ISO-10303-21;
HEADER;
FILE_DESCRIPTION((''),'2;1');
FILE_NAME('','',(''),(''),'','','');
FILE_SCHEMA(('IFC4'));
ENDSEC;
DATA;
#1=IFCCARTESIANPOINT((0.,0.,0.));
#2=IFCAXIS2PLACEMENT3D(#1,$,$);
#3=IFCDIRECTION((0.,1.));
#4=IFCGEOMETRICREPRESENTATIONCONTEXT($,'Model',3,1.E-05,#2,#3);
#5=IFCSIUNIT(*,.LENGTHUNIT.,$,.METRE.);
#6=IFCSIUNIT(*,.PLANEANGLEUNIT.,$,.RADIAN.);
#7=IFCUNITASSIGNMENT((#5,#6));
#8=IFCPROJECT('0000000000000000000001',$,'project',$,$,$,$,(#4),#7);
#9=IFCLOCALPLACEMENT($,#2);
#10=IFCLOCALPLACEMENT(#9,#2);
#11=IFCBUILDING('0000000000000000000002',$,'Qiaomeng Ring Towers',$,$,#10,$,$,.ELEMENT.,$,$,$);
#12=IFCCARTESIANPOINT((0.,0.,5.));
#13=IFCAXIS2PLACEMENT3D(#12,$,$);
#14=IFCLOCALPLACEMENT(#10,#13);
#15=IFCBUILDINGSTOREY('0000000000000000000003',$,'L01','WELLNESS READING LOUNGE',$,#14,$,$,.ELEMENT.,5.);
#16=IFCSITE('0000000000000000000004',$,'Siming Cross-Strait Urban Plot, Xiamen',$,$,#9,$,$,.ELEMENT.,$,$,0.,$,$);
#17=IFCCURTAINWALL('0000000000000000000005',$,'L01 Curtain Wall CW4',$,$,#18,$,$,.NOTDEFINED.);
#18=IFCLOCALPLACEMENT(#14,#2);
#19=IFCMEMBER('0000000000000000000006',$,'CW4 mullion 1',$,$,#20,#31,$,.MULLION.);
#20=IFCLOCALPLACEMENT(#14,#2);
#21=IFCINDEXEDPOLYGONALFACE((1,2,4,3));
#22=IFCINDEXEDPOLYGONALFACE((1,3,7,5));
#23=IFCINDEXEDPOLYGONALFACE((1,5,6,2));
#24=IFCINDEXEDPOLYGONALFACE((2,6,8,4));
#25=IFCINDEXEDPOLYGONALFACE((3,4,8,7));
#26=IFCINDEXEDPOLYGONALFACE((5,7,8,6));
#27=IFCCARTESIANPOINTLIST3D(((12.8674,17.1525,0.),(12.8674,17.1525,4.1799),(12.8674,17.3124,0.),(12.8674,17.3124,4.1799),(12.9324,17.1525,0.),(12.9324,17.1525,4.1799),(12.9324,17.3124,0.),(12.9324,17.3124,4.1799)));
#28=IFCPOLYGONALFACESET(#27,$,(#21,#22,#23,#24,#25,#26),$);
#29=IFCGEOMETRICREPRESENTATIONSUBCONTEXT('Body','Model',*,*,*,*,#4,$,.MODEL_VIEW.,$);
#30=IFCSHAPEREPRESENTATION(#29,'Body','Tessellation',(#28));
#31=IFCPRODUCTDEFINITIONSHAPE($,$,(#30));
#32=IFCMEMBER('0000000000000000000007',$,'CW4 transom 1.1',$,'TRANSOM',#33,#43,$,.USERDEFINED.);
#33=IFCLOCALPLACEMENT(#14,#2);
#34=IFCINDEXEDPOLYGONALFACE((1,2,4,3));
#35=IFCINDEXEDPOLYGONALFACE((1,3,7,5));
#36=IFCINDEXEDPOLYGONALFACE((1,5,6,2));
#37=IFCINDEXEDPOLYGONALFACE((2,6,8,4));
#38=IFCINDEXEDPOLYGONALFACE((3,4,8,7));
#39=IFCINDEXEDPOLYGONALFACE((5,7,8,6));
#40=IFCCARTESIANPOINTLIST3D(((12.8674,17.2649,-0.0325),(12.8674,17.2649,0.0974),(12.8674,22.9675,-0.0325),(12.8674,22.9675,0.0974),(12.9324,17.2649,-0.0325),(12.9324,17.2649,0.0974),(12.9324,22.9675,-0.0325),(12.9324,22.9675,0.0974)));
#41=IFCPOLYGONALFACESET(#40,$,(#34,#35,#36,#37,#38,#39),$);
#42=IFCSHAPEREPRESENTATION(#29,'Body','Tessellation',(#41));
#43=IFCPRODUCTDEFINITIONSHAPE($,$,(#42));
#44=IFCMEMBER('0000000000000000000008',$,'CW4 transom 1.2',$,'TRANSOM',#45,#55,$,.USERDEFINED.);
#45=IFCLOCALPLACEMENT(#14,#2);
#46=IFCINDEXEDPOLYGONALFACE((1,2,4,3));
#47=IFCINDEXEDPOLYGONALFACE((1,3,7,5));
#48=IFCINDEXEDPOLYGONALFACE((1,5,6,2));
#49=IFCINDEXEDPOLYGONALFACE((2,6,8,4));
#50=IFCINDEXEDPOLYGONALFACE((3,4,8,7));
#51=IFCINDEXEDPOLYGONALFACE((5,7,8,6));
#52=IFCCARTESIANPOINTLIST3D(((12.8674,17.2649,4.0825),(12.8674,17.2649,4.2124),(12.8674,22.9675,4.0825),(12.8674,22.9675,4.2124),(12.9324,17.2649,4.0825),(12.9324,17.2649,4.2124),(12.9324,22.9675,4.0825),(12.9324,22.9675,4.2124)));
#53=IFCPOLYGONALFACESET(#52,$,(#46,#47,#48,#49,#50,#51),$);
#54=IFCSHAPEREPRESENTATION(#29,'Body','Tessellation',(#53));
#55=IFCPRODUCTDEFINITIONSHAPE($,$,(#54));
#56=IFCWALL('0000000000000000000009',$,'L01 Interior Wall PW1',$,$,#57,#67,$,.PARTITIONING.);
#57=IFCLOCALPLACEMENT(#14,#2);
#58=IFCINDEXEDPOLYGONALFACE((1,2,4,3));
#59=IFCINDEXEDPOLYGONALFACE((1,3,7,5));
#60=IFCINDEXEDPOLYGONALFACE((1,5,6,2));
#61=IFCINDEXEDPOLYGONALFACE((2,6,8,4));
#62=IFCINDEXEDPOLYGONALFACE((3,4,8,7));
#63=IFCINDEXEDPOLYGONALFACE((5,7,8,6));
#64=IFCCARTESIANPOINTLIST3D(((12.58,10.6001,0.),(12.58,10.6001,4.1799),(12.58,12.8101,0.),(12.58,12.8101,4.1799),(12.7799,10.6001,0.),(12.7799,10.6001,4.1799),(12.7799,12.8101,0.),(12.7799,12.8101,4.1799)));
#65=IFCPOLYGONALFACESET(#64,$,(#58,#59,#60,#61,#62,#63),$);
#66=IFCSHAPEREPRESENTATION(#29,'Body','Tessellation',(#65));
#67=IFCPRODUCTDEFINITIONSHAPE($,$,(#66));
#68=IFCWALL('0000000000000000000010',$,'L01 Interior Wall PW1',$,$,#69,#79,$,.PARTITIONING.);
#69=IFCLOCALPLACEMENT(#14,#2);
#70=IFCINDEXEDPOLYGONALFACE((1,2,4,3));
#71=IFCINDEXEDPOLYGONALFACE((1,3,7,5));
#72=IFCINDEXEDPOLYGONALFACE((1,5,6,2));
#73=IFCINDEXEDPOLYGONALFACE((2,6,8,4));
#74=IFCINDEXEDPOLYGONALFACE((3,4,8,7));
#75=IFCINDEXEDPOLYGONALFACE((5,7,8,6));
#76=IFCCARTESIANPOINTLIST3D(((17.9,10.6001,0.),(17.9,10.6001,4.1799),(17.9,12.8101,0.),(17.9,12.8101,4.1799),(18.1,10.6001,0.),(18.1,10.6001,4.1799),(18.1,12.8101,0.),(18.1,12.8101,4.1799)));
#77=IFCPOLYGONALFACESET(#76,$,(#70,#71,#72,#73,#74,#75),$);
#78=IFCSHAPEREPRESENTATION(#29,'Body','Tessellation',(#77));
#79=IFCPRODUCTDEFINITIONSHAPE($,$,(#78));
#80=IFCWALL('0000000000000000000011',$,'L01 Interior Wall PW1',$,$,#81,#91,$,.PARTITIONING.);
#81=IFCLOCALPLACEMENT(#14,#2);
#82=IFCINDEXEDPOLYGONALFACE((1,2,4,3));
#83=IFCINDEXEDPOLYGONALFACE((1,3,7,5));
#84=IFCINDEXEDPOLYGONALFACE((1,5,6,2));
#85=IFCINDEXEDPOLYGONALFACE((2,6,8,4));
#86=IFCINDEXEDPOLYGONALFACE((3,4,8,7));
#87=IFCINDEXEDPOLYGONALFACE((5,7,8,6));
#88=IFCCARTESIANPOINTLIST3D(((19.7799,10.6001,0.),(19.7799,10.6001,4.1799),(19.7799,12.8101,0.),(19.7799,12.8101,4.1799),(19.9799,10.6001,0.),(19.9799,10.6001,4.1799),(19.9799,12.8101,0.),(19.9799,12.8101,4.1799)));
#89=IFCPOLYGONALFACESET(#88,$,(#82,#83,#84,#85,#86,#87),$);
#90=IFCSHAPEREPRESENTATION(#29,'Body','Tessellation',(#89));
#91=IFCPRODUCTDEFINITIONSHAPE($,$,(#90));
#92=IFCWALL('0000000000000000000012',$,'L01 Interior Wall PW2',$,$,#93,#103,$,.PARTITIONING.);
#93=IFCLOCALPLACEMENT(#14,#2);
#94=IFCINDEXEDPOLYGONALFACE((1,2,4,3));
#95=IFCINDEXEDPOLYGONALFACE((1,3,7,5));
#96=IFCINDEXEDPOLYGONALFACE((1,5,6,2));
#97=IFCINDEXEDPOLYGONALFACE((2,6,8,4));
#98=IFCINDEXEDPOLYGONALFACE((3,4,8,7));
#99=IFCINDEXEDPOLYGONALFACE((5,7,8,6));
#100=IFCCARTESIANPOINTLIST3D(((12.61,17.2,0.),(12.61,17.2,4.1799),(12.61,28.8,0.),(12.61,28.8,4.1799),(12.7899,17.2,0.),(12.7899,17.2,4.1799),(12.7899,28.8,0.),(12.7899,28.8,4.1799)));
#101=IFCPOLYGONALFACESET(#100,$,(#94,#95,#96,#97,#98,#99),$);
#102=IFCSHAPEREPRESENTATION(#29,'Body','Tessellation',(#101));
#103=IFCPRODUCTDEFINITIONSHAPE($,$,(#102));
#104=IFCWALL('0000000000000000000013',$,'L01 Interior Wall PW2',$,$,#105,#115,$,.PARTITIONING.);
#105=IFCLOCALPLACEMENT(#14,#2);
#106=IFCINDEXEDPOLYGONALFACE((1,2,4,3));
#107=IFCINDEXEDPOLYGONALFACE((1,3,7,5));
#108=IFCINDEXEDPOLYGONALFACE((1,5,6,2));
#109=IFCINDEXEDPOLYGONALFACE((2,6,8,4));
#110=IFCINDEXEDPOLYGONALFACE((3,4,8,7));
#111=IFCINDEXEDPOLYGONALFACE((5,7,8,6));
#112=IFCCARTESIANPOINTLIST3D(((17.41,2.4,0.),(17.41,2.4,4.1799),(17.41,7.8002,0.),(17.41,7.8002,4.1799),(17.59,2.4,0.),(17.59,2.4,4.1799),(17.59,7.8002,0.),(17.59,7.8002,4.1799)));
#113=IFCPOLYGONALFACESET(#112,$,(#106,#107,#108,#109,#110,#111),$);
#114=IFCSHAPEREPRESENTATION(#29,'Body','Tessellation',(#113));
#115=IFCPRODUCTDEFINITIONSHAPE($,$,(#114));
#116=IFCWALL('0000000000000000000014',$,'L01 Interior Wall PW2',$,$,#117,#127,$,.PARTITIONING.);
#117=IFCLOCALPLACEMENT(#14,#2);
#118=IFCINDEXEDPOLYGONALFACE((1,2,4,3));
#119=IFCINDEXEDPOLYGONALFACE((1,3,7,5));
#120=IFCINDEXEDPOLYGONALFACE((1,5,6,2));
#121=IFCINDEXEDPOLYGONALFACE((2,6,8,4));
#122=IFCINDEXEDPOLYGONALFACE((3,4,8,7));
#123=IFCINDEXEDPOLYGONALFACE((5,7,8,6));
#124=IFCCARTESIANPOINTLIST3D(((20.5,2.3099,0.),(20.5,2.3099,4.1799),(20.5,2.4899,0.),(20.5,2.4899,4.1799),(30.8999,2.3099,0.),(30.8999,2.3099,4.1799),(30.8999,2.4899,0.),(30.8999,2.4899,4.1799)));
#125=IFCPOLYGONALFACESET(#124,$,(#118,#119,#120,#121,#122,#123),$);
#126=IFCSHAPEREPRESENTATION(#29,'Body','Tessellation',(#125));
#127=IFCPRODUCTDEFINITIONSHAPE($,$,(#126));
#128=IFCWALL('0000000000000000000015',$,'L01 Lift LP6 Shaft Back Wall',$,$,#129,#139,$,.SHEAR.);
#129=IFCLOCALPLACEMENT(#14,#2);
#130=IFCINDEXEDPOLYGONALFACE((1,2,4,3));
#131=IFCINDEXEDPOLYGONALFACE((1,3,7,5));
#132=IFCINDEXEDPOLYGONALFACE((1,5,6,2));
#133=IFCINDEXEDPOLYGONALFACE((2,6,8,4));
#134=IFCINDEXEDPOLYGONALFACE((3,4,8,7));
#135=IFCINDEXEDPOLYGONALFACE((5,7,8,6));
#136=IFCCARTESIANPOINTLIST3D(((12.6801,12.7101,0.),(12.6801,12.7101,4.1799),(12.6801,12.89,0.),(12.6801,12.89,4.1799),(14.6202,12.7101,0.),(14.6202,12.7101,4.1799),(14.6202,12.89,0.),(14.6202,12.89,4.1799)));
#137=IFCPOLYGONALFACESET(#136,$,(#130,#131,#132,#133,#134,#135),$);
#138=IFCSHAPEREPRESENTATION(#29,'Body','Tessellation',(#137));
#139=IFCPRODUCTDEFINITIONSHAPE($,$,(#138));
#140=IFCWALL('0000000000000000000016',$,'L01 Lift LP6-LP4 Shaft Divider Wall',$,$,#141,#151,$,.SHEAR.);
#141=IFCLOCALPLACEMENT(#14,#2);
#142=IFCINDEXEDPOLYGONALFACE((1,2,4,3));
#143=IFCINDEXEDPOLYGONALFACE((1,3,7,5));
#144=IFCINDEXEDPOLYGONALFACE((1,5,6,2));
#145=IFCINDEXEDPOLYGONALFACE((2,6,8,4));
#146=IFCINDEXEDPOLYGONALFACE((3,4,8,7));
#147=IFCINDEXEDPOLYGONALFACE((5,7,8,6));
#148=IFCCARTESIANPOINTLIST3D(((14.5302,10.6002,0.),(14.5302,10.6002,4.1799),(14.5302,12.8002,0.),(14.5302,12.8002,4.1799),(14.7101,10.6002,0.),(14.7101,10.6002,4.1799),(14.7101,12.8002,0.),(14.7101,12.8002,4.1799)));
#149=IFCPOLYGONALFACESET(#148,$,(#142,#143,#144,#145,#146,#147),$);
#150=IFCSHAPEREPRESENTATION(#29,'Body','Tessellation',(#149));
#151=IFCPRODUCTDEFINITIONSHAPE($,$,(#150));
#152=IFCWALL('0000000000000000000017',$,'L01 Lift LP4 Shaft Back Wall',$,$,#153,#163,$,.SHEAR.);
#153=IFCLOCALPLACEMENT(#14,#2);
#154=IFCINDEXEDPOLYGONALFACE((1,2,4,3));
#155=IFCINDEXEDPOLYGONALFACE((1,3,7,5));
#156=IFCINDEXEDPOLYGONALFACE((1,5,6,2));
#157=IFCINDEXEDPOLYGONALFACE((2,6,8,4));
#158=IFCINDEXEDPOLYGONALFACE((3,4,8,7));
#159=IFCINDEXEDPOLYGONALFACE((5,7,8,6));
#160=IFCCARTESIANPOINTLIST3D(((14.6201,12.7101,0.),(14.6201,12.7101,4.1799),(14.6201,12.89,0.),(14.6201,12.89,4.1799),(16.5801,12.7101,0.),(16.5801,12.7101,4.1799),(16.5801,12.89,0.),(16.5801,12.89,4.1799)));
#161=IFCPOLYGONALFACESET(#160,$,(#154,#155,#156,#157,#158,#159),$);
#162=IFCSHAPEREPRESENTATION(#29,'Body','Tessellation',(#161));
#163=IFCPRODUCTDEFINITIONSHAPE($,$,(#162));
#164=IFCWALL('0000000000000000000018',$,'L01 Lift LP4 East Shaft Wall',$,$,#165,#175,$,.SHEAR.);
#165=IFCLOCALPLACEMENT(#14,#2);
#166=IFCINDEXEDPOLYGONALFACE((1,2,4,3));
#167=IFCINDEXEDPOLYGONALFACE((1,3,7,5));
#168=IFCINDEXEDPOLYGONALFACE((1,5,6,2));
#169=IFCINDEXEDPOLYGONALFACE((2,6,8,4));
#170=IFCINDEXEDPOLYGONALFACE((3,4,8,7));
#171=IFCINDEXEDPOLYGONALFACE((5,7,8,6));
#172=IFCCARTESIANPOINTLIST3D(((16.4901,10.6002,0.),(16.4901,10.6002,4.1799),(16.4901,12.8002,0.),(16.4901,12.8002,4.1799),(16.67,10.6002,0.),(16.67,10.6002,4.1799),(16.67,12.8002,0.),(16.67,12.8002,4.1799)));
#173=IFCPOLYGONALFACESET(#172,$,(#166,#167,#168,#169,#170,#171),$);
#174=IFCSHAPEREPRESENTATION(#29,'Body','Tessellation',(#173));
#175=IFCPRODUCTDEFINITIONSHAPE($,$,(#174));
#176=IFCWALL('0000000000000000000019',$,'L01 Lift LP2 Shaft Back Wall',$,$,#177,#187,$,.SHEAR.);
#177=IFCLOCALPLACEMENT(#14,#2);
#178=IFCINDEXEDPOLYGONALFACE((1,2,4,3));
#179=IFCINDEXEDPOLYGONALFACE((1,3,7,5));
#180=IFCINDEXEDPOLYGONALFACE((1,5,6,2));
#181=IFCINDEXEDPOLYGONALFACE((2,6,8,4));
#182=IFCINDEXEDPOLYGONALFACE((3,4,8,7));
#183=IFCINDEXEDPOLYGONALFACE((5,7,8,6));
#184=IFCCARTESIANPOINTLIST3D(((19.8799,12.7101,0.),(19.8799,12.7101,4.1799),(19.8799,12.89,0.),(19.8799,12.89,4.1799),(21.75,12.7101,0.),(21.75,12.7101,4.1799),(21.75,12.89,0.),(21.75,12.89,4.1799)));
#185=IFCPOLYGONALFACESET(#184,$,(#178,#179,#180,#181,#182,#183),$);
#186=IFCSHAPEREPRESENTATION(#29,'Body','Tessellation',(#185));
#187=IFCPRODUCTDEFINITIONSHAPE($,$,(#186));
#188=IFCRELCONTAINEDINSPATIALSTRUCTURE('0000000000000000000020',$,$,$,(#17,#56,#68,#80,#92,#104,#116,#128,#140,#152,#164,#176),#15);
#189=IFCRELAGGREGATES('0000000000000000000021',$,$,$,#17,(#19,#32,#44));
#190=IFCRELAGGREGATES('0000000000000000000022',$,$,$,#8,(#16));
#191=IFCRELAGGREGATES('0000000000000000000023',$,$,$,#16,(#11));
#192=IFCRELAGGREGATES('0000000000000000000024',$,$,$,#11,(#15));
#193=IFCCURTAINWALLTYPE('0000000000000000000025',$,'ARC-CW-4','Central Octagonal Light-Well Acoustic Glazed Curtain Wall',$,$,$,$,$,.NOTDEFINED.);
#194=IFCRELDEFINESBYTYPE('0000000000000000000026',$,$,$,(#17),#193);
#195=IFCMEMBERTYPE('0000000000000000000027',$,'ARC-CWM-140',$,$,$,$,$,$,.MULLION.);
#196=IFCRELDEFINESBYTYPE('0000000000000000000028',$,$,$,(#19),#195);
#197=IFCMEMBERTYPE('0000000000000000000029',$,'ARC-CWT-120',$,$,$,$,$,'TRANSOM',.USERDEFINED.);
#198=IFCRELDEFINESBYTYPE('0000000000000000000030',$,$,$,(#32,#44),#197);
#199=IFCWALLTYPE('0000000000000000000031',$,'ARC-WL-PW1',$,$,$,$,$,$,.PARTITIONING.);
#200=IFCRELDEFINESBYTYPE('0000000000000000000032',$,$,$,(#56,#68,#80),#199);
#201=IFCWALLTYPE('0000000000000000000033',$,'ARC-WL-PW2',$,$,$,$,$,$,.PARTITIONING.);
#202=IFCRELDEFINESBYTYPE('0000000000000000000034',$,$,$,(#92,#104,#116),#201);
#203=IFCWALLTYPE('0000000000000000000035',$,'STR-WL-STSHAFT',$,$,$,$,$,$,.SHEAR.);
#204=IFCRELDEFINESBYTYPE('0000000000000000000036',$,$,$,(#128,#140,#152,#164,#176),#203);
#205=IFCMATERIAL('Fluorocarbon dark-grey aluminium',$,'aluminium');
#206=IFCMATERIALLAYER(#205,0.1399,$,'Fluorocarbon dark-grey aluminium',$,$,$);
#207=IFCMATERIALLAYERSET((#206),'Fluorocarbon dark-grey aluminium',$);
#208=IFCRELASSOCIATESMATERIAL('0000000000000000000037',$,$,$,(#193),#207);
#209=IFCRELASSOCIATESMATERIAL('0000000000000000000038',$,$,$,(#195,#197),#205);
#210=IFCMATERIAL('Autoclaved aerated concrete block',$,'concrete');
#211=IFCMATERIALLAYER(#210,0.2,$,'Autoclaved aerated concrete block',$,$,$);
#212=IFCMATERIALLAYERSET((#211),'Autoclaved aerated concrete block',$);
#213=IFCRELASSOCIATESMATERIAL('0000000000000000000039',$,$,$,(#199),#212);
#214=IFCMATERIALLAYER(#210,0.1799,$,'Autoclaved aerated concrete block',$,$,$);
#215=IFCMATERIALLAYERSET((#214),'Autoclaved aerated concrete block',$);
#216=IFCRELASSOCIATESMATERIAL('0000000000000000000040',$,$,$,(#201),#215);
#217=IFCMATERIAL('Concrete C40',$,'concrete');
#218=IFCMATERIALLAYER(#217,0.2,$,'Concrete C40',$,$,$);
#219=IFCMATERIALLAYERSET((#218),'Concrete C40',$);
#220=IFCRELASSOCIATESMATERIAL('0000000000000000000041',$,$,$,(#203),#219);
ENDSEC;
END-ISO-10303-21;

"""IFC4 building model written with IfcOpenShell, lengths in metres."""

from ifc_helpers import new_model, si_unit, direction, frame, frame_2d, origin, origin_2d, place, context, subcontext, project, spatial, rectangle, extrude, source, transform, mapped, material, layer, layer_set, material_profile, profile_set, type_object, element, aggregate, save


model = new_model("IFC4")

# Units and contexts
model_context = context("Model", 3, precision=1e-05, world=origin(), true_north=direction((0.0, 1.0)))
body_context = subcontext(model_context, "Body", "Model", "MODEL_VIEW")
ifc_project = project(units=[si_unit("LENGTHUNIT", "METRE"), si_unit("PLANEANGLEUNIT", "RADIAN")], contexts=[model_context])

# Site, building, storey
site_placement = place(None, origin())
site = spatial("IfcSite", under=ifc_project, at=site_placement, Name="Siming Cross-Strait Urban Plot, Xiamen", CompositionType="ELEMENT", RefElevation=0.0)
building_placement = place(site_placement, origin())
building = spatial("IfcBuilding", under=site, at=building_placement, Name="Qiaomeng Ring Towers", CompositionType="ELEMENT")
storey_placement = place(building_placement, frame((0.0, 0.0, 5.0)))
storey = spatial("IfcBuildingStorey", under=building, at=storey_placement, Name="L01", Description="WELLNESS READING LOUNGE", CompositionType="ELEMENT", Elevation=5.0)

# Curtain wall, members
ifc_material_1 = material(Name="Fluorocarbon dark-grey aluminium", Category="aluminium")
ifc_layer_1 = layer(ifc_material_1, 0.1399, Name="Fluorocarbon dark-grey aluminium")
ifc_layer_set_1 = layer_set([ifc_layer_1], Name="Fluorocarbon dark-grey aluminium")
curtain_wall_type = type_object("IfcCurtainWallType", Name="ARC-CW-4", Description="Central Octagonal Light-Well Acoustic Glazed Curtain Wall", PredefinedType="NOTDEFINED", material=ifc_layer_set_1)
curtain_wall_placement = place(storey_placement, origin())
curtain_wall = element("IfcCurtainWall", 1, at=curtain_wall_placement, inside=storey, type_object=curtain_wall_type, Name="L01 Curtain Wall CW4", PredefinedType="NOTDEFINED")
ifc_material_profile_1 = material_profile(ifc_material_1, rectangle(XDim=0.0649, YDim=0.1599, at=origin_2d()), Name="ALU MULL 65x160")
ifc_profile_set_1 = profile_set([ifc_material_profile_1], Name="Fluorocarbon dark-grey aluminium")
member_type_1 = type_object("IfcMemberType", Name="ARC-CWM-140", PredefinedType="MULLION", material=ifc_profile_set_1)
shared_shape_1 = source(origin(), body_context, "Body", "SweptSolid", [
    extrude(rectangle(XDim=0.0649, YDim=0.1599, at=origin_2d()), origin(), (0.0, 0.0, 1.0), 4.1799),
])
member_1_placement = place(storey_placement, frame((12.8999, 17.2324, 0.0), z_axis=(0.0, 0.0, 1.0), x_axis=(-1.0, 0.0, 0.0)))
member_1 = element("IfcMember", 2, at=member_1_placement, type_object=member_type_1, Name="CW4 mullion 1", PredefinedType="MULLION", context=body_context, shape_type="MappedRepresentation", body=[
    mapped(shared_shape_1, transform((0.0, 0.0, 0.0), x_axis=(1.0, 0.0, 0.0), y_axis=(0.0, 1.0, 0.0), z_axis=(0.0, 0.0, 1.0), scale=1.0)),
])
ifc_material_profile_2 = material_profile(ifc_material_1, rectangle(XDim=0.0649, YDim=0.1299, at=origin_2d()), Name="ALU TRAN 65x130")
ifc_profile_set_2 = profile_set([ifc_material_profile_2], Name="Fluorocarbon dark-grey aluminium")
member_type_2 = type_object("IfcMemberType", Name="ARC-CWT-120", ElementType="TRANSOM", PredefinedType="USERDEFINED", material=ifc_profile_set_2)
shared_shape_2 = source(origin(), body_context, "Body", "SweptSolid", [
    extrude(rectangle(XDim=0.0649, YDim=0.1299, at=origin_2d()), origin(), (0.0, 0.0, 1.0), 5.7026),
])
member_2_placement = place(storey_placement, frame((12.8999, 17.2649, 0.0325), z_axis=(0.0, 1.0, 0.0), x_axis=(-1.0, 0.0, 0.0)))
member_2 = element("IfcMember", 3, at=member_2_placement, type_object=member_type_2, Name="CW4 transom 1.1", ObjectType="TRANSOM", PredefinedType="USERDEFINED", context=body_context, shape_type="MappedRepresentation", body=[
    mapped(shared_shape_2, transform((0.0, 0.0, 0.0), x_axis=(1.0, 0.0, 0.0), y_axis=(0.0, 1.0, 0.0), z_axis=(0.0, 0.0, 1.0), scale=1.0)),
])
member_3_placement = place(storey_placement, frame((12.8999, 17.2649, 4.1475), z_axis=(0.0, 1.0, 0.0), x_axis=(-1.0, 0.0, 0.0)))
member_3 = element("IfcMember", 4, at=member_3_placement, type_object=member_type_2, Name="CW4 transom 1.2", ObjectType="TRANSOM", PredefinedType="USERDEFINED", context=body_context, shape_type="MappedRepresentation", body=[
    mapped(shared_shape_2, transform((0.0, 0.0, 0.0), x_axis=(1.0, 0.0, 0.0), y_axis=(0.0, 1.0, 0.0), z_axis=(0.0, 0.0, 1.0), scale=1.0)),
])
aggregate(curtain_wall, [member_1, member_2, member_3])

# Walls
ifc_material_2 = material(Name="Autoclaved aerated concrete block", Category="concrete")
ifc_layer_2 = layer(ifc_material_2, 0.2, Name="Autoclaved aerated concrete block")
ifc_layer_set_2 = layer_set([ifc_layer_2], Name="Autoclaved aerated concrete block")
wall_type_1 = type_object("IfcWallType", Name="ARC-WL-PW1", PredefinedType="PARTITIONING", material=ifc_layer_set_2)
for number, where, z_axis, x_axis, name in (
    (5, (12.6799, 10.6001, 0.0), (0.0, 0.0, 1.0), (0.0, 1.0, 0.0), "L01 Interior Wall PW1"),
    (6, (18.0, 10.6001, 0.0), (0.0, 0.0, 1.0), (0.0, 1.0, 0.0), "L01 Interior Wall PW1"),
    (7, (19.8799, 10.6001, 0.0), (0.0, 0.0, 1.0), (0.0, 1.0, 0.0), "L01 Interior Wall PW1"),
):
    element("IfcWall", number, at=place(storey_placement, frame(where, z_axis=z_axis, x_axis=x_axis)), inside=storey, type_object=wall_type_1, Name=name, PredefinedType="PARTITIONING", context=body_context, shape_type="SweptSolid", body=[
        extrude(rectangle(XDim=2.21, YDim=0.2, at=frame_2d((1.105, 0.0))), origin(), (0.0, 0.0, 1.0), 4.1799),
    ])
ifc_layer_3 = layer(ifc_material_2, 0.1799, Name="Autoclaved aerated concrete block")
ifc_layer_set_3 = layer_set([ifc_layer_3], Name="Autoclaved aerated concrete block")
wall_type_2 = type_object("IfcWallType", Name="ARC-WL-PW2", PredefinedType="PARTITIONING", material=ifc_layer_set_3)
wall_1_placement = place(storey_placement, frame((12.7, 17.2, 0.0), z_axis=(0.0, 0.0, 1.0), x_axis=(0.0, 1.0, 0.0)))
element("IfcWall", 8, at=wall_1_placement, inside=storey, type_object=wall_type_2, Name="L01 Interior Wall PW2", PredefinedType="PARTITIONING", context=body_context, shape_type="SweptSolid", body=[
    extrude(rectangle(XDim=11.6001, YDim=0.1799, at=frame_2d((5.8, 0.0))), origin(), (0.0, 0.0, 1.0), 4.1799),
])
wall_2_placement = place(storey_placement, frame((17.5, 2.3999, 0.0), z_axis=(0.0, 0.0, 1.0), x_axis=(0.0, 1.0, 0.0)))
element("IfcWall", 9, at=wall_2_placement, inside=storey, type_object=wall_type_2, Name="L01 Interior Wall PW2", PredefinedType="PARTITIONING", context=body_context, shape_type="SweptSolid", body=[
    extrude(rectangle(XDim=5.4001, YDim=0.1799, at=frame_2d((2.7002, 0.0))), origin(), (0.0, 0.0, 1.0), 4.1799),
])
wall_3_placement = place(storey_placement, frame((20.5, 2.3999, 0.0), z_axis=(0.0, 0.0, 1.0), x_axis=(1.0, 0.0, 0.0)))
element("IfcWall", 10, at=wall_3_placement, inside=storey, type_object=wall_type_2, Name="L01 Interior Wall PW2", PredefinedType="PARTITIONING", context=body_context, shape_type="SweptSolid", body=[
    extrude(rectangle(XDim=10.3999, YDim=0.1799, at=frame_2d((5.2, 0.0))), origin(), (0.0, 0.0, 1.0), 4.1799),
])
ifc_material_3 = material(Name="Concrete C40", Category="concrete")
ifc_layer_4 = layer(ifc_material_3, 0.2, Name="Concrete C40")
ifc_layer_set_4 = layer_set([ifc_layer_4], Name="Concrete C40")
wall_type_3 = type_object("IfcWallType", Name="STR-WL-STSHAFT", PredefinedType="SHEAR", material=ifc_layer_set_4)
wall_4_placement = place(storey_placement, frame((12.6799, 12.8, 0.0), z_axis=(0.0, 0.0, 1.0), x_axis=(1.0, 0.0, 0.0)))
element("IfcWall", 11, at=wall_4_placement, inside=storey, type_object=wall_type_3, Name="L01 Lift LP6 Shaft Back Wall", PredefinedType="SHEAR", context=body_context, shape_type="SweptSolid", body=[
    extrude(rectangle(XDim=1.9402, YDim=0.1799, at=frame_2d((0.9702, 0.0))), origin(), (0.0, 0.0, 1.0), 4.1799),
])
wall_5_placement = place(storey_placement, frame((14.6201, 10.6001, 0.0), z_axis=(0.0, 0.0, 1.0), x_axis=(0.0, 1.0, 0.0)))
element("IfcWall", 12, at=wall_5_placement, inside=storey, type_object=wall_type_3, Name="L01 Lift LP6-LP4 Shaft Divider Wall", PredefinedType="SHEAR", context=body_context, shape_type="SweptSolid", body=[
    extrude(rectangle(XDim=2.2, YDim=0.1799, at=frame_2d((1.1001, 0.0))), origin(), (0.0, 0.0, 1.0), 4.1799),
])
wall_6_placement = place(storey_placement, frame((14.6201, 12.8, 0.0), z_axis=(0.0, 0.0, 1.0), x_axis=(1.0, 0.0, 0.0)))
element("IfcWall", 13, at=wall_6_placement, inside=storey, type_object=wall_type_3, Name="L01 Lift LP4 Shaft Back Wall", PredefinedType="SHEAR", context=body_context, shape_type="SweptSolid", body=[
    extrude(rectangle(XDim=1.96, YDim=0.1799, at=frame_2d((0.98, 0.0))), origin(), (0.0, 0.0, 1.0), 4.1799),
])
wall_7_placement = place(storey_placement, frame((16.5801, 10.6001, 0.0), z_axis=(0.0, 0.0, 1.0), x_axis=(0.0, 1.0, 0.0)))
element("IfcWall", 14, at=wall_7_placement, inside=storey, type_object=wall_type_3, Name="L01 Lift LP4 East Shaft Wall", PredefinedType="SHEAR", context=body_context, shape_type="SweptSolid", body=[
    extrude(rectangle(XDim=2.2, YDim=0.1799, at=frame_2d((1.1001, 0.0))), origin(), (0.0, 0.0, 1.0), 4.1799),
])
wall_8_placement = place(storey_placement, frame((19.8799, 12.8, 0.0), z_axis=(0.0, 0.0, 1.0), x_axis=(1.0, 0.0, 0.0)))
element("IfcWall", 15, at=wall_8_placement, inside=storey, type_object=wall_type_3, Name="L01 Lift LP2 Shaft Back Wall", PredefinedType="SHEAR", context=body_context, shape_type="SweptSolid", body=[
    extrude(rectangle(XDim=1.8701, YDim=0.1799, at=frame_2d((0.9351, 0.0))), origin(), (0.0, 0.0, 1.0), 4.1799),
])

save(model, "model.ifc")
